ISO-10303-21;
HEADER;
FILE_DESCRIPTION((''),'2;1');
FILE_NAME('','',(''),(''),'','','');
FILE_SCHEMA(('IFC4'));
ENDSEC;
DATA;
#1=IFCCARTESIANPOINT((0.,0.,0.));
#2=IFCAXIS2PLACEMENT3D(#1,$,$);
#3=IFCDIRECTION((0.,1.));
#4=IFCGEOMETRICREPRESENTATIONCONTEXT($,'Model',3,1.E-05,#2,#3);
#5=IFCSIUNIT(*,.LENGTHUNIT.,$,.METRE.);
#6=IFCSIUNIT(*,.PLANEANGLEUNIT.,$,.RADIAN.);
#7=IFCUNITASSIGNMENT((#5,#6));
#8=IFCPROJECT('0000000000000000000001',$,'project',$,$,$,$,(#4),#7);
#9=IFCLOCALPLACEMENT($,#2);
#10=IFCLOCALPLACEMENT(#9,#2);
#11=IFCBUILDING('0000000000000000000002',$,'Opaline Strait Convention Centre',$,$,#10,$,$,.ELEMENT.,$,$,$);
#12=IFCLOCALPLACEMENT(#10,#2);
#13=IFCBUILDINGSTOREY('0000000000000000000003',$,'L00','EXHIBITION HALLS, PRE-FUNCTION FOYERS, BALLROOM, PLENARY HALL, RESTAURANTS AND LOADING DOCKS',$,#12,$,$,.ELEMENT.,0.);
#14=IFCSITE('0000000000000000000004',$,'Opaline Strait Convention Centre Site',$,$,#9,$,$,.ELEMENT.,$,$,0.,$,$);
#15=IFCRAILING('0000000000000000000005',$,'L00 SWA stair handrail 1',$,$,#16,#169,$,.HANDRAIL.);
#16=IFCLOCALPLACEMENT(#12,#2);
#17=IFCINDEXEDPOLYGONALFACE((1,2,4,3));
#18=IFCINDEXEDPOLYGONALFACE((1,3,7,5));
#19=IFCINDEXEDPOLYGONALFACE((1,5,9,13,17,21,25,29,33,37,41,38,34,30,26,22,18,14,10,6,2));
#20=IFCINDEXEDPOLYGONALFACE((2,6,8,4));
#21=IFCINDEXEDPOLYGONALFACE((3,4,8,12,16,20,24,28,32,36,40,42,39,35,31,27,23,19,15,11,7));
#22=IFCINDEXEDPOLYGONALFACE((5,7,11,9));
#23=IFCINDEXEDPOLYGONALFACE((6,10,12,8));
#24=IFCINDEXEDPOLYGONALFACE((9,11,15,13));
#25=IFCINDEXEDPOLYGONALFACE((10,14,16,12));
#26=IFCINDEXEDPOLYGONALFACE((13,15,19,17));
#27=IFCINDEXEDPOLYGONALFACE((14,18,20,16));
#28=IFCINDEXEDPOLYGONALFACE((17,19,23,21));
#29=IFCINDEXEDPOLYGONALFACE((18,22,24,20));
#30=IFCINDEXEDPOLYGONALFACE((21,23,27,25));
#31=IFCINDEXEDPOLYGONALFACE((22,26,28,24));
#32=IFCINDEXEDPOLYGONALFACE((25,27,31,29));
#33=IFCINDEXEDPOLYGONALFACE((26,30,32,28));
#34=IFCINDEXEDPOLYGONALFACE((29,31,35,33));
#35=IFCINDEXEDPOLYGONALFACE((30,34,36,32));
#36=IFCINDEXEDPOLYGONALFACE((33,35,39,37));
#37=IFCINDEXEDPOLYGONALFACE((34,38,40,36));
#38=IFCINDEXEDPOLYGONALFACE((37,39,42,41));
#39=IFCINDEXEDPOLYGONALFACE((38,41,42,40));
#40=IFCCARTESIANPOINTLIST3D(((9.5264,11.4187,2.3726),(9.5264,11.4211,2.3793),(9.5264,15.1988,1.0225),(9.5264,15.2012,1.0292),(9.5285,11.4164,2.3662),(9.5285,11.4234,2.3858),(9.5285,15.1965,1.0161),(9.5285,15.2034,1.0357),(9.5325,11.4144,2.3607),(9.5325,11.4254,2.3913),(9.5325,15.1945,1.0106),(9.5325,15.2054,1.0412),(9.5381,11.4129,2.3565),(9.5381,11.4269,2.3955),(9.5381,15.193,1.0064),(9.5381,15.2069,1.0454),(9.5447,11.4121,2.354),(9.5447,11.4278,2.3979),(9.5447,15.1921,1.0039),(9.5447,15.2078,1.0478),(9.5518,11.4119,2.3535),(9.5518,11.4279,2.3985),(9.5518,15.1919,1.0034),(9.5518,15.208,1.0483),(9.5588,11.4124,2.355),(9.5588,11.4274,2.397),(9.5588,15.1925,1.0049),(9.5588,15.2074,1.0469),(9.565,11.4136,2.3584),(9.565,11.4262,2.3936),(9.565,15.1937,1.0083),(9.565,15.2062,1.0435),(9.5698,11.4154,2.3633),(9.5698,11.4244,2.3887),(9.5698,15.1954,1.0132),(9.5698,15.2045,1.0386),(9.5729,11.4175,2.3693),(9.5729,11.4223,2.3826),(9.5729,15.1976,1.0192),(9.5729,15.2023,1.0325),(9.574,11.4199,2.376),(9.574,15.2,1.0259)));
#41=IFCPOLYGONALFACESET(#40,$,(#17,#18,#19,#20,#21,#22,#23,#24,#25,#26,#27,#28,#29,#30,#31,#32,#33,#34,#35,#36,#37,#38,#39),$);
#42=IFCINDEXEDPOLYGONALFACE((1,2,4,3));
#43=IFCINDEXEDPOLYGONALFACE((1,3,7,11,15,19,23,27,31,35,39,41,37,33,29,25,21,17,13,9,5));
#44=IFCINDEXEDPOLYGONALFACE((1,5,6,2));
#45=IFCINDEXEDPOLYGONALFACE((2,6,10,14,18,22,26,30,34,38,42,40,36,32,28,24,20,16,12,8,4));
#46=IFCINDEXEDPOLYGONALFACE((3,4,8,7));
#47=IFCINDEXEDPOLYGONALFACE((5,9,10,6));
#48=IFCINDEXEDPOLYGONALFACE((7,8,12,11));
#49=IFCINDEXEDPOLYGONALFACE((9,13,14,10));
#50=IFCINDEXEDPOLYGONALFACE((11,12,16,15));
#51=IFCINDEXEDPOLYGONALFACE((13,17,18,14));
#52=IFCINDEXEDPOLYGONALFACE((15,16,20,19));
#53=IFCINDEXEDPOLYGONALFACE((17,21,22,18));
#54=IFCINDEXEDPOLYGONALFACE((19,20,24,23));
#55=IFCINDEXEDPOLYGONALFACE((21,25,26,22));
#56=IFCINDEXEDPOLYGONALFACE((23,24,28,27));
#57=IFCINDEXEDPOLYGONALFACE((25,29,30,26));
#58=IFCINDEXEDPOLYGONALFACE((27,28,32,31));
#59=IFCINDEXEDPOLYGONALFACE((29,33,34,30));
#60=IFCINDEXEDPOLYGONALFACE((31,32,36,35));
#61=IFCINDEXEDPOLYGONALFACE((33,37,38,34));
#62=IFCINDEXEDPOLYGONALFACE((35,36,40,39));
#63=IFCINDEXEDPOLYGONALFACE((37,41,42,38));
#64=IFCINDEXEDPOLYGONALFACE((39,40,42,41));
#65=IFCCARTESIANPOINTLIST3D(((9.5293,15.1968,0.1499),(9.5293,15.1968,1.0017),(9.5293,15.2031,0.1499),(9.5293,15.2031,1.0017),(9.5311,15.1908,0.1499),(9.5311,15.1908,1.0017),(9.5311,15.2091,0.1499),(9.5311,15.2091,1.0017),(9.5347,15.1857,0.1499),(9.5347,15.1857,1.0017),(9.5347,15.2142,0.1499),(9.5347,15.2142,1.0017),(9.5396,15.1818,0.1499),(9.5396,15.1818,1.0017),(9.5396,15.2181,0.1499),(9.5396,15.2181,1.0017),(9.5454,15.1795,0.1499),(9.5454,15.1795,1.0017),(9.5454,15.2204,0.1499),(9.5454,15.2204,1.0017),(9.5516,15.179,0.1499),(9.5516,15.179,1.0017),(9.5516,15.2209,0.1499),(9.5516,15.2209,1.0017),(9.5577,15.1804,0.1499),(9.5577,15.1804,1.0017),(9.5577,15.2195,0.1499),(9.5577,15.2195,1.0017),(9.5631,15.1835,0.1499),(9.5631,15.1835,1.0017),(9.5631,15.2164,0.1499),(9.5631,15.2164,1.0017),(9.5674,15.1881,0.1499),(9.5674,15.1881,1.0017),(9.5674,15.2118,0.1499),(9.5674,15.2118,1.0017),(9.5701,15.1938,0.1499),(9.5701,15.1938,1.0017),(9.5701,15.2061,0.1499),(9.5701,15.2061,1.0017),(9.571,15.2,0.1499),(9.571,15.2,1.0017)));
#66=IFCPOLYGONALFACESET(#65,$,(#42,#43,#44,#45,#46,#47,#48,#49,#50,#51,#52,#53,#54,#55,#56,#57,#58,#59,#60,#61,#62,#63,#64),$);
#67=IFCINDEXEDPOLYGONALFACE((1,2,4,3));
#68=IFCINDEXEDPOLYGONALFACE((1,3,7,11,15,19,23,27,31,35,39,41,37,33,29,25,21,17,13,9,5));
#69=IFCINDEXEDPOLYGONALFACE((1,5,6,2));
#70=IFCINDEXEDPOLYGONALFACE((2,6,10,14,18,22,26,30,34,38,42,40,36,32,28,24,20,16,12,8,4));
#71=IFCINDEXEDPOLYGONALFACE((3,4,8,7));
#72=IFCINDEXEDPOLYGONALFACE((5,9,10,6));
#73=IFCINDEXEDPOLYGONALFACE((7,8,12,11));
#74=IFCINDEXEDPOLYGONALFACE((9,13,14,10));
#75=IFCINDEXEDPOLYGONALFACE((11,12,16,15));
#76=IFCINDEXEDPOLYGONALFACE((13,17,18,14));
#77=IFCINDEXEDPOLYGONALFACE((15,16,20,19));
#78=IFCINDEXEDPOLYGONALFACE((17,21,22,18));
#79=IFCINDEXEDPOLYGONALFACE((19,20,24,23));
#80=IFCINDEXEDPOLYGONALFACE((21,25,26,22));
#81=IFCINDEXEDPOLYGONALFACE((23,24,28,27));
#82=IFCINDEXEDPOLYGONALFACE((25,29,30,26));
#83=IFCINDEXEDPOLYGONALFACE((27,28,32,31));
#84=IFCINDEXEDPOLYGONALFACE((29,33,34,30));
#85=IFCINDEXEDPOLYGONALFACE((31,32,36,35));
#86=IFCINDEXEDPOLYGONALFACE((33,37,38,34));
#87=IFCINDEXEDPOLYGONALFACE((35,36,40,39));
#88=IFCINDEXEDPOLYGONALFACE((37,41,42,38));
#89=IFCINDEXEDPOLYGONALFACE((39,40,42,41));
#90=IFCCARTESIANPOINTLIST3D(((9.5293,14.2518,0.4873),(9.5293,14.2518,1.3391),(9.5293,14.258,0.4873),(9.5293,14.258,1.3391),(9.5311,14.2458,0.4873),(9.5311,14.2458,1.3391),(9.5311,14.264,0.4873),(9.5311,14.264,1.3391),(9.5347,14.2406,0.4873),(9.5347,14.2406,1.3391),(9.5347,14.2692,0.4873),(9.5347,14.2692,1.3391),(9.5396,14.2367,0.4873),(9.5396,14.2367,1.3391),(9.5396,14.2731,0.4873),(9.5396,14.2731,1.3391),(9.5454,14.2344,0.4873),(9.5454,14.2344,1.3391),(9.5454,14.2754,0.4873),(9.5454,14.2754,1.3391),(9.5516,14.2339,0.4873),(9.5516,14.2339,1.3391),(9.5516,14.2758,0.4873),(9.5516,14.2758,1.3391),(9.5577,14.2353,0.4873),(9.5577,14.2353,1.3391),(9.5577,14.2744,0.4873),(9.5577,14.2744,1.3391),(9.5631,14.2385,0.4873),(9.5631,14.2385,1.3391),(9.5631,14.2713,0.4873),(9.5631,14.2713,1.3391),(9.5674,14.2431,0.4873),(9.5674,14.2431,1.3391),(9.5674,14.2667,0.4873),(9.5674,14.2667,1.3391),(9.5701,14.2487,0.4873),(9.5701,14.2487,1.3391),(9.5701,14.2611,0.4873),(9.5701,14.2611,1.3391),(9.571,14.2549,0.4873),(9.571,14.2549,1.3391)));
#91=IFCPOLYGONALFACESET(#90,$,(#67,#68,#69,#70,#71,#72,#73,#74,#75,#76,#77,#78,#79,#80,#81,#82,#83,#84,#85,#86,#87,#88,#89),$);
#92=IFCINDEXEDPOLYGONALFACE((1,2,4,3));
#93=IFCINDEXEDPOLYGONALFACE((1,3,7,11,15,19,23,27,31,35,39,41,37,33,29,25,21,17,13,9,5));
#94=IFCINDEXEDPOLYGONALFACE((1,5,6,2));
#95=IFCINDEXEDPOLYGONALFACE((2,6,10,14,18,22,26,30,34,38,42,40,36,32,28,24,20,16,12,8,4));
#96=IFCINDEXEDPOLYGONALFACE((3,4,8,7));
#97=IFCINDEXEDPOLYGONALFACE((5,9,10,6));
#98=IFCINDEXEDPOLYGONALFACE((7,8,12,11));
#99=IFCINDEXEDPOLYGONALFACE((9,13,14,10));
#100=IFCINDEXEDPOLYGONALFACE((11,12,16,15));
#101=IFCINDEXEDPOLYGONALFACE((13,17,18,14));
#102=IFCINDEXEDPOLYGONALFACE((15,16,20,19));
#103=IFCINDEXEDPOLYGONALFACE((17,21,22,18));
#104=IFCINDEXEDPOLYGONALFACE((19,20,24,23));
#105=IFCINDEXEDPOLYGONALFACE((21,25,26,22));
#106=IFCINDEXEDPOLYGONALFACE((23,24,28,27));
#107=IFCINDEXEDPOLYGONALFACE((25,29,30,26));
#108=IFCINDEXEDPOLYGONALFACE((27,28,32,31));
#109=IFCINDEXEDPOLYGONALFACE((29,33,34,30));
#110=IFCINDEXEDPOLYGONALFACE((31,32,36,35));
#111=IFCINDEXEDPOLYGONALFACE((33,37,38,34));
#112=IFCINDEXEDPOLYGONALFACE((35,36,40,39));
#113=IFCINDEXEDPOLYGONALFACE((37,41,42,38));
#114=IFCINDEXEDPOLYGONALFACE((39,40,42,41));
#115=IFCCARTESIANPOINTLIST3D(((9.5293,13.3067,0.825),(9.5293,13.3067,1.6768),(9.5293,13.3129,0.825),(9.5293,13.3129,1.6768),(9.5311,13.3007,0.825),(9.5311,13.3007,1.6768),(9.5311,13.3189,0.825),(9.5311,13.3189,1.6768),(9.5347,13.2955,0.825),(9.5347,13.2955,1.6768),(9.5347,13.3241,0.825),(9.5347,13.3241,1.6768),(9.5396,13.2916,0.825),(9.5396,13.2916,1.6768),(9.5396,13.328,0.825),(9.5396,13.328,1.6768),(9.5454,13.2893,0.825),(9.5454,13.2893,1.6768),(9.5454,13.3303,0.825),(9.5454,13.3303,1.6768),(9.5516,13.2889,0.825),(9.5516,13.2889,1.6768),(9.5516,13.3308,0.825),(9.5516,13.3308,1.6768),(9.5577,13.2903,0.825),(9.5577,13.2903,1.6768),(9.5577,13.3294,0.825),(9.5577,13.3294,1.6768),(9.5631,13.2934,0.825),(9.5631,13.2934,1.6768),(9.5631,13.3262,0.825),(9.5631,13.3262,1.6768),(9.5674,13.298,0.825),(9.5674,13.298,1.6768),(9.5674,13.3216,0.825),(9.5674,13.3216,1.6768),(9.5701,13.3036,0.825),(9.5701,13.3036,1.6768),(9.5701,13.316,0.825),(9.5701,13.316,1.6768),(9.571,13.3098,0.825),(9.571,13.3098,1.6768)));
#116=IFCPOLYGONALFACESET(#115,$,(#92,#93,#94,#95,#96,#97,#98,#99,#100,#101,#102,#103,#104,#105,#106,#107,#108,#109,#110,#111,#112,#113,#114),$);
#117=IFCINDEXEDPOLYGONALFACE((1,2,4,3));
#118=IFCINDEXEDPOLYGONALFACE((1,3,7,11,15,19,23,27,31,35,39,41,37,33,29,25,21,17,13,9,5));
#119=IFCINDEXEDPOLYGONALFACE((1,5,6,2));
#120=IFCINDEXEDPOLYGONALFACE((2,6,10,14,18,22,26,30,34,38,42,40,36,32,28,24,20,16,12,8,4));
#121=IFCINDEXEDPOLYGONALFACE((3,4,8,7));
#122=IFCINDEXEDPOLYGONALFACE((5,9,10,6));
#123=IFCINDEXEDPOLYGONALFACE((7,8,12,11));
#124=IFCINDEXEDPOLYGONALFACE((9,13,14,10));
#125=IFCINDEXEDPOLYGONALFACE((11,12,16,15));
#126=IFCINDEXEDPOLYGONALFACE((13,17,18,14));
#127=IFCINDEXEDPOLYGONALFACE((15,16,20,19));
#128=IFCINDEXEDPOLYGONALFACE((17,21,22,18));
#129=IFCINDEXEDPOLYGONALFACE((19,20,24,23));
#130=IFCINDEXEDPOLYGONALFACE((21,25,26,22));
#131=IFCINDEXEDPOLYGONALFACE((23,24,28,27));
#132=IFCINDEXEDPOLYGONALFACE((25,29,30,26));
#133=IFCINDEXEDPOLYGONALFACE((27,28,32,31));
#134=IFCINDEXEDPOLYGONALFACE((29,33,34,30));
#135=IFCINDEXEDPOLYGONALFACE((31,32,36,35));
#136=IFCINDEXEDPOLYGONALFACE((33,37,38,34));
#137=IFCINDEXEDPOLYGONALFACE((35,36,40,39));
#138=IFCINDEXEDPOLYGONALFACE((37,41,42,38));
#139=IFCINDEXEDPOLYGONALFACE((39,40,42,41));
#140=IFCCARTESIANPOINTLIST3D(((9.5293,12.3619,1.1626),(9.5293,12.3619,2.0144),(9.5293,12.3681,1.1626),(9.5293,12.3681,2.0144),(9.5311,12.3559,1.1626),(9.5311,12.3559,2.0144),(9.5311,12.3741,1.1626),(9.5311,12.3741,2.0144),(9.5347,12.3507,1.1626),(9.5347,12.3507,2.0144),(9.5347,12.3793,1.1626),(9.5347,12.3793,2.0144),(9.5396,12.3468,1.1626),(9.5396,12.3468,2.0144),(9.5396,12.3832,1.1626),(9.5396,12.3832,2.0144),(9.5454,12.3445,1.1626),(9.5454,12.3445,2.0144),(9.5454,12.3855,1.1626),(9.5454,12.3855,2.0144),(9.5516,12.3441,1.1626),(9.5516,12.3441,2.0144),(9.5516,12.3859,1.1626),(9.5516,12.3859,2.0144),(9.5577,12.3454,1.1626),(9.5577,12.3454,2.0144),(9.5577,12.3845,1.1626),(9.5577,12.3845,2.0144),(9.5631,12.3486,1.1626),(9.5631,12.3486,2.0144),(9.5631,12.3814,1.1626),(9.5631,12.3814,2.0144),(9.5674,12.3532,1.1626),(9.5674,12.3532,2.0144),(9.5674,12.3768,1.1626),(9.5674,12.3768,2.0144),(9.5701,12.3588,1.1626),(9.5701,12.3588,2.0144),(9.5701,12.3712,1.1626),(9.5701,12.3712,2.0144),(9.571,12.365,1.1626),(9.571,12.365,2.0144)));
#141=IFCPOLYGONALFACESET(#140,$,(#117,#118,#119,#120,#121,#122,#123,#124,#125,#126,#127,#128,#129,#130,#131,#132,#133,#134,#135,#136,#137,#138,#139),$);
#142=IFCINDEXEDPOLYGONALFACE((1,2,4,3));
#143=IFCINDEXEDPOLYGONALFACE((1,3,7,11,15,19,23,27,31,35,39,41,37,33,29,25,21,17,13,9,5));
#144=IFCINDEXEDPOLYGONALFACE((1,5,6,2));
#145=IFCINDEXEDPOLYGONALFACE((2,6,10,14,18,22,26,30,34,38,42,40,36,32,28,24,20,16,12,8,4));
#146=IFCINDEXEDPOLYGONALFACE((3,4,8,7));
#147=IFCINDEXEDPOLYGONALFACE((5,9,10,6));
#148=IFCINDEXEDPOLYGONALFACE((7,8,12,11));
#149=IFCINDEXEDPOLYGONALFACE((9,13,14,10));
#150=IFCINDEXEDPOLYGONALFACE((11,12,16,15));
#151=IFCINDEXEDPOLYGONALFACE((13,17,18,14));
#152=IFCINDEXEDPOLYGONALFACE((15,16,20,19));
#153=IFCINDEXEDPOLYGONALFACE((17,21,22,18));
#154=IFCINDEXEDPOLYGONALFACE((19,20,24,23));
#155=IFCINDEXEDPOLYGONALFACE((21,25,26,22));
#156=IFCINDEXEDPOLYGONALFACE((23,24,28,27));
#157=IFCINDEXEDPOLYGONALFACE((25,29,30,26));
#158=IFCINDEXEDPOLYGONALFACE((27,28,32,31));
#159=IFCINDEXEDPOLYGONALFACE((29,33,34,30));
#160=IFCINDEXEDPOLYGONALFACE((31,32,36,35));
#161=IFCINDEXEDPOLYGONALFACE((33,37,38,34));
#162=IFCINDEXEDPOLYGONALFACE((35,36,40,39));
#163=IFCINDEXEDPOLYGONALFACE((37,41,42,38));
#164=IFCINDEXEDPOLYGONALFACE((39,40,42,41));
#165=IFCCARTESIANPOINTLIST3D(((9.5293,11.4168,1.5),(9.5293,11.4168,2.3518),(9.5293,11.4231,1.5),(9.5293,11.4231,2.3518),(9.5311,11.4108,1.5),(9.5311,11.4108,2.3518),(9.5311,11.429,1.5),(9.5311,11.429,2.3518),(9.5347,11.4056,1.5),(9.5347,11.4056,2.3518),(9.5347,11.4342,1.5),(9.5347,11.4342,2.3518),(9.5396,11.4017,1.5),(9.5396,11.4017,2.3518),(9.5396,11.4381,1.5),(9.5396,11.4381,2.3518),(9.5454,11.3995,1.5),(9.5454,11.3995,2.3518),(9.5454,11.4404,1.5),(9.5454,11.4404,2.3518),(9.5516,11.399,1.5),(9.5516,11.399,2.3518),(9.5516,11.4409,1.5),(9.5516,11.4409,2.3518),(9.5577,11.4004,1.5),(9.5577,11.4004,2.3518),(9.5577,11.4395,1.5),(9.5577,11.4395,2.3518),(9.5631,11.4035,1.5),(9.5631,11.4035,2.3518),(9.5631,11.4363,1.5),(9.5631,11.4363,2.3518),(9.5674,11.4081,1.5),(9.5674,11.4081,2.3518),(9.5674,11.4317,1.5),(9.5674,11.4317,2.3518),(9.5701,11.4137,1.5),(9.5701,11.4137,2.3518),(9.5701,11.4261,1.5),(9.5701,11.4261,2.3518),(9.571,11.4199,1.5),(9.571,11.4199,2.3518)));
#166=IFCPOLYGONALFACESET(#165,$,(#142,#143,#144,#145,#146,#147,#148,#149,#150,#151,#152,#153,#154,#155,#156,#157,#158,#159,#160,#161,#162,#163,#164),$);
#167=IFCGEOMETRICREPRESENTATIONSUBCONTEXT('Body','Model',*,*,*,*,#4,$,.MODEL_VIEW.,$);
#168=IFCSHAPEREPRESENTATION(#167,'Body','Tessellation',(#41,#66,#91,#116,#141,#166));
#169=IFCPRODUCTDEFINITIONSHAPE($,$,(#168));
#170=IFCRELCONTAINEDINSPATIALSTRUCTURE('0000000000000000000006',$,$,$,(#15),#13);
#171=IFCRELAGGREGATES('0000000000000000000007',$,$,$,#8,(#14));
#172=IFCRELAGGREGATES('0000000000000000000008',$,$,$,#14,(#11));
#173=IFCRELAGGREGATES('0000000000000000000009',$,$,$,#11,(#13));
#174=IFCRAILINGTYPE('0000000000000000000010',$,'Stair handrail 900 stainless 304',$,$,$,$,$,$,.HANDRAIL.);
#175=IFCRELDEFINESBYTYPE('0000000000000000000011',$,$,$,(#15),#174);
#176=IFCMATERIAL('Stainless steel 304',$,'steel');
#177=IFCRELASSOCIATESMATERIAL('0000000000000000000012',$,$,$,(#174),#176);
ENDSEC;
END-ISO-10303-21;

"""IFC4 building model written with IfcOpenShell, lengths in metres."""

from ifc_helpers import new_model, si_unit, direction, frame, origin, origin_2d, place, context, subcontext, project, spatial, circle, extrude, material, type_object, element, save


model = new_model("IFC4")

# Units and contexts
model_context = context("Model", 3, precision=1e-05, world=origin(), true_north=direction((0.0, 1.0)))
body_context = subcontext(model_context, "Body", "Model", "MODEL_VIEW")
ifc_project = project(units=[si_unit("LENGTHUNIT", "METRE"), si_unit("PLANEANGLEUNIT", "RADIAN")], contexts=[model_context])

# Site, building, storey
site_placement = place(None, origin())
site = spatial("IfcSite", under=ifc_project, at=site_placement, Name="Opaline Strait Convention Centre Site", CompositionType="ELEMENT", RefElevation=0.0)
building_placement = place(site_placement, origin())
building = spatial("IfcBuilding", under=site, at=building_placement, Name="Opaline Strait Convention Centre", CompositionType="ELEMENT")
storey_placement = place(building_placement, origin())
storey = spatial("IfcBuildingStorey", under=building, at=storey_placement, Name="L00", Description="EXHIBITION HALLS, PRE-FUNCTION FOYERS, BALLROOM, PLENARY HALL, RESTAURANTS AND LOADING DOCKS", CompositionType="ELEMENT", Elevation=0.0)

# Railing
ifc_material_1 = material(Name="Stainless steel 304", Category="steel")
railing_type_1 = type_object("IfcRailingType", Name="Stair handrail 900 stainless 304", PredefinedType="HANDRAIL", material=ifc_material_1)
for number, where, name in (
    (1, (9.55, 15.2, 0.1499), "L00 SWA stair handrail 1"),
):
    element("IfcRailing", number, at=place(storey_placement, frame(where)), inside=storey, type_object=railing_type_1, Name=name, PredefinedType="HANDRAIL", context=body_context, shape_type="SweptSolid", body=[
        extrude(circle(Radius=0.0239, at=origin_2d()), frame((0.0, 0.0, 0.876), z_axis=(0.0, -0.941735, 0.336356), x_axis=(1.0, 0.0, 0.0)), (0.0, 0.0, 1.0), 4.0139),
        extrude(circle(Radius=0.021, at=origin_2d()), origin(), (0.0, 0.0, 1.0), 0.8518),
        extrude(circle(Radius=0.021, at=origin_2d()), frame((0.0, -0.9451, 0.3374)), (0.0, 0.0, 1.0), 0.8518),
        extrude(circle(Radius=0.021, at=origin_2d()), frame((0.0, -1.8901, 0.675)), (0.0, 0.0, 1.0), 0.8518),
        extrude(circle(Radius=0.021, at=origin_2d()), frame((0.0, -2.835, 1.0127)), (0.0, 0.0, 1.0), 0.8518),
        extrude(circle(Radius=0.021, at=origin_2d()), frame((0.0, -3.78, 1.3501)), (0.0, 0.0, 1.0), 0.8518),
    ])

save(model, "model.ifc")
